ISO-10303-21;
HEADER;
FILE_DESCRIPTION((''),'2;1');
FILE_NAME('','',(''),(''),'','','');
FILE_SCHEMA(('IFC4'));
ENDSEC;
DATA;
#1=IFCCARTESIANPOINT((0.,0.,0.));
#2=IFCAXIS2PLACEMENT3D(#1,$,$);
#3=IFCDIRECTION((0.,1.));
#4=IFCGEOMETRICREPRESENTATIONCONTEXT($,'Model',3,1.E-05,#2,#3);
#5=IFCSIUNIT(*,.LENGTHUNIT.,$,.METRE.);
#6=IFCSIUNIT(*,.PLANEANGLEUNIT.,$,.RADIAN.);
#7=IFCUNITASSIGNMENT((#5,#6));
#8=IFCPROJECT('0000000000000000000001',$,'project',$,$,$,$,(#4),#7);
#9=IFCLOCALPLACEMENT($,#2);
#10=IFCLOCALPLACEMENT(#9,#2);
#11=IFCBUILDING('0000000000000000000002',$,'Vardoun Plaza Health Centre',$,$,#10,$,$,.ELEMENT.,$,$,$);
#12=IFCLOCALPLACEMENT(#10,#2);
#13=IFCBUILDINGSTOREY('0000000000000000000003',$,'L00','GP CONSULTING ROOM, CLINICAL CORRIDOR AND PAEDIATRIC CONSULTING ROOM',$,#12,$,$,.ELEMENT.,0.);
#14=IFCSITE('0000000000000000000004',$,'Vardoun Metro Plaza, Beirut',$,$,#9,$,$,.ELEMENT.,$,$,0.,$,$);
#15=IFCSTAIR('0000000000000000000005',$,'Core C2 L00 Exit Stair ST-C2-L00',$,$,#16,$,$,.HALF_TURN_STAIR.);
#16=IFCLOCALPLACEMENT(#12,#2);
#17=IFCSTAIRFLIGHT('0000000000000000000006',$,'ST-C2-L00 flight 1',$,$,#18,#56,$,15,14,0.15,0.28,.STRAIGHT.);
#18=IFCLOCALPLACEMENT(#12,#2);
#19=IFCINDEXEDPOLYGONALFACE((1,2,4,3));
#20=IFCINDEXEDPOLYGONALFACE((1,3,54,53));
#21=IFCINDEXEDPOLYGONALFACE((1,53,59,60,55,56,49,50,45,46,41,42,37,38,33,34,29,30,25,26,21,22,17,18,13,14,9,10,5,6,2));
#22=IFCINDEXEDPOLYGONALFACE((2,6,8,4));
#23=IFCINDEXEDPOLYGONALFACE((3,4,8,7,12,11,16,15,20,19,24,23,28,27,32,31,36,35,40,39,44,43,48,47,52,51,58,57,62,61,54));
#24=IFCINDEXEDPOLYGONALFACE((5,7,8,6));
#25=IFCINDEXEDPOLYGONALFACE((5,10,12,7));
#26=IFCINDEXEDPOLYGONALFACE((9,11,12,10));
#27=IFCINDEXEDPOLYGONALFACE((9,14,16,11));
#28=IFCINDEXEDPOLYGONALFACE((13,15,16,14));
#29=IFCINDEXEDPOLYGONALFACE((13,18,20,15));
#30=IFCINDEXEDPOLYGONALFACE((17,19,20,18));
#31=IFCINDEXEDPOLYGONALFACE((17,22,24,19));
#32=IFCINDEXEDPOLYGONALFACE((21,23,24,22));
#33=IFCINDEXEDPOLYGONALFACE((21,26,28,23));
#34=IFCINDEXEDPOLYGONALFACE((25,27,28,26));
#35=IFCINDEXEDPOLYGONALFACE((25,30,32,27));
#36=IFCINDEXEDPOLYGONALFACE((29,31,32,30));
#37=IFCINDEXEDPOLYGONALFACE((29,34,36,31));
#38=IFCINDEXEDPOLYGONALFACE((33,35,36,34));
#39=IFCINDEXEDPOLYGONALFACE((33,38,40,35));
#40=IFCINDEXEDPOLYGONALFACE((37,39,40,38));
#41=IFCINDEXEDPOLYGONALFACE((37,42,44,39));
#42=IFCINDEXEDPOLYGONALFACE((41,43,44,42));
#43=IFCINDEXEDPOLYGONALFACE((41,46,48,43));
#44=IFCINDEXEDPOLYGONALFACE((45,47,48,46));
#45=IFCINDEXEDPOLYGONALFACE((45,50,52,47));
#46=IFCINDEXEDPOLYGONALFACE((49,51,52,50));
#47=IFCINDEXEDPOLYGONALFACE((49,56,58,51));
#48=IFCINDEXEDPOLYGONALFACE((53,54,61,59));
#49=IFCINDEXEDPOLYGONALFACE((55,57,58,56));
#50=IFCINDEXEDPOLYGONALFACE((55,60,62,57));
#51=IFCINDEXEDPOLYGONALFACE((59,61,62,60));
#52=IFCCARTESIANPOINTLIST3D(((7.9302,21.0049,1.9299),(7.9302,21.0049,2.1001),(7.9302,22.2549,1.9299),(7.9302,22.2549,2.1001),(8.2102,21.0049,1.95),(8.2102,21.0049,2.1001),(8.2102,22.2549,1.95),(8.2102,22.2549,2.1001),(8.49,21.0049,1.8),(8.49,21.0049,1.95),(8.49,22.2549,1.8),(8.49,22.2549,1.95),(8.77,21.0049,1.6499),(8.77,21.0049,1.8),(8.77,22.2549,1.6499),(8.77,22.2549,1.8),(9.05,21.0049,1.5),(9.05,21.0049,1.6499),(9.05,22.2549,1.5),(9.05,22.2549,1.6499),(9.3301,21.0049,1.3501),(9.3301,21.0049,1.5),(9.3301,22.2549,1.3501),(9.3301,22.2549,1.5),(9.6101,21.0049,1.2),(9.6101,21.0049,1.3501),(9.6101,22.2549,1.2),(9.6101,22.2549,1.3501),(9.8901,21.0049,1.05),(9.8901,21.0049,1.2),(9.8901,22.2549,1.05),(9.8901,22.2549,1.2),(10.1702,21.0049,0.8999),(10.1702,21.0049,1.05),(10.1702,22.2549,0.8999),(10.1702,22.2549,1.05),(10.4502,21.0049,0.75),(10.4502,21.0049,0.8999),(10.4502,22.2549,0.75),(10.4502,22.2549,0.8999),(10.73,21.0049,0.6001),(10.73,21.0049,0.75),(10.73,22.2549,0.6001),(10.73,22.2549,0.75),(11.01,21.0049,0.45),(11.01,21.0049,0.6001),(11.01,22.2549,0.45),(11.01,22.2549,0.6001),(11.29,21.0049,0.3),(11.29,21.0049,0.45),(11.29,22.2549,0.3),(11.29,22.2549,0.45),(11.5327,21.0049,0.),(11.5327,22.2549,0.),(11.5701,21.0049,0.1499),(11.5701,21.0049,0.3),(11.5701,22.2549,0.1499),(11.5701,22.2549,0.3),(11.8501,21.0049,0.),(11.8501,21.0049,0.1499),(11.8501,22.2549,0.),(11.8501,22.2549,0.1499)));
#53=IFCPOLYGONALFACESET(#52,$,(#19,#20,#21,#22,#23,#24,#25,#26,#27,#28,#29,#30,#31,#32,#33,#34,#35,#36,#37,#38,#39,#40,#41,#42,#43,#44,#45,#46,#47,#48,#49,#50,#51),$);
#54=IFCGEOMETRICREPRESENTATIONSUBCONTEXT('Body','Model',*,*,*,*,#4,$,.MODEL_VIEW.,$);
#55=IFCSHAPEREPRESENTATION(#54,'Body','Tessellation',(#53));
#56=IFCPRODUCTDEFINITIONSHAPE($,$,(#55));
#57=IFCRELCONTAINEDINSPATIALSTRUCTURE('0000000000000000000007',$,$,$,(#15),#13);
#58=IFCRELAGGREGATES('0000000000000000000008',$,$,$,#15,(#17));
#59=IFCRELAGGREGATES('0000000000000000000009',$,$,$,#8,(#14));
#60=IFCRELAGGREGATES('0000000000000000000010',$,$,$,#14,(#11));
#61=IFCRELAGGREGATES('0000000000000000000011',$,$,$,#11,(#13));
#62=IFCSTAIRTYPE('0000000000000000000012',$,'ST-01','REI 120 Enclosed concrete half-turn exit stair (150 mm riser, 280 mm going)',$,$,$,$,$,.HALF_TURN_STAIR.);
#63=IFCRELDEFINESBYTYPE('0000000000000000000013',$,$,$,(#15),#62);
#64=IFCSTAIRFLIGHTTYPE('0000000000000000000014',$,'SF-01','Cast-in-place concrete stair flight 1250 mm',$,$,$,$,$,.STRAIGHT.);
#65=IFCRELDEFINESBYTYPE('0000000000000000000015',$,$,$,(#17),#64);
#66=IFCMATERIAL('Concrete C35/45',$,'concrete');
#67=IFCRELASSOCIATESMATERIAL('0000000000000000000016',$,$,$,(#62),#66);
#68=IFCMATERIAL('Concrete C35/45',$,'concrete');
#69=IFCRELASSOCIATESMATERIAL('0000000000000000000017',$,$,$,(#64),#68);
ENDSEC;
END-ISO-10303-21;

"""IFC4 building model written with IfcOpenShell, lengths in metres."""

from ifc_helpers import new_model, si_unit, direction, frame, origin, place, context, subcontext, project, spatial, polyline, outline, extrude, material, type_object, element, aggregate, save


model = new_model("IFC4")

# Units and contexts
model_context = context("Model", 3, precision=1e-05, world=origin(), true_north=direction((0.0, 1.0)))
body_context = subcontext(model_context, "Body", "Model", "MODEL_VIEW")
ifc_project = project(units=[si_unit("LENGTHUNIT", "METRE"), si_unit("PLANEANGLEUNIT", "RADIAN")], contexts=[model_context])

# Site, building, storey
site_placement = place(None, origin())
site = spatial("IfcSite", under=ifc_project, at=site_placement, Name="Vardoun Metro Plaza, Beirut", CompositionType="ELEMENT", RefElevation=0.0)
building_placement = place(site_placement, origin())
building = spatial("IfcBuilding", under=site, at=building_placement, Name="Vardoun Plaza Health Centre", CompositionType="ELEMENT")
storey_placement = place(building_placement, origin())
storey = spatial("IfcBuildingStorey", under=building, at=storey_placement, Name="L00", Description="GP CONSULTING ROOM, CLINICAL CORRIDOR AND PAEDIATRIC CONSULTING ROOM", CompositionType="ELEMENT", Elevation=0.0)

# Stair, stair flight
ifc_material_1 = material(Name="Concrete C35/45", Category="concrete")
stair_type = type_object("IfcStairType", Name="ST-01", Description="REI 120 Enclosed concrete half-turn exit stair (150 mm riser, 280 mm going)", PredefinedType="HALF_TURN_STAIR", material=ifc_material_1)
stair_placement = place(storey_placement, origin())
stair = element("IfcStair", 1, at=stair_placement, inside=storey, type_object=stair_type, Name="Core C2 L00 Exit Stair ST-C2-L00", PredefinedType="HALF_TURN_STAIR")
ifc_material_2 = material(Name="Concrete C35/45", Category="concrete")
stair_flight_type = type_object("IfcStairFlightType", Name="SF-01", Description="Cast-in-place concrete stair flight 1250 mm", PredefinedType="STRAIGHT", material=ifc_material_2)
stair_flight_placement = place(storey_placement, frame((11.8501, 21.6299, 0.0), z_axis=(0.0, 0.0, 1.0), x_axis=(-1.0, 0.0, 0.0)))
stair_flight = element("IfcStairFlight", 2, at=stair_flight_placement, type_object=stair_flight_type, Name="ST-C2-L00 flight 1", NumberOfRisers=15, NumberOfTreads=14, PredefinedType="STRAIGHT", RiserHeight=0.15, TreadLength=0.28, context=body_context, shape_type="SweptSolid", body=[
    extrude(outline(polyline([(0.0, 0.0), (0.0, 0.1499), (0.28, 0.1499), (0.28, 0.3), (0.5601, 0.3), (0.5601, 0.45), (0.8401, 0.45), (0.8401, 0.6001), (1.1201, 0.6001), (1.1201, 0.75), (1.3999, 0.75), (1.3999, 0.8999), (1.6799, 0.8999), (1.6799, 1.05), (1.96, 1.05), (1.96, 1.2), (2.24, 1.2), (2.24, 1.3501), (2.52, 1.3501), (2.52, 1.5), (2.8, 1.5), (2.8, 1.6499), (3.0801, 1.6499), (3.0801, 1.8), (3.3601, 1.8), (3.3601, 1.95), (3.6399, 1.95), (3.6399, 2.1001), (3.9199, 2.1001), (3.9199, 2.25), (3.9199, 1.9299), (0.3174, 0.0), (0.0, 0.0)])), frame((0.0, 0.625, 0.0), z_axis=(0.0, -1.0, 0.0), x_axis=(1.0, 0.0, 0.0)), (0.0, 0.0, 1.0), 1.25),
])
aggregate(stair, [stair_flight])

save(model, "model.ifc")
